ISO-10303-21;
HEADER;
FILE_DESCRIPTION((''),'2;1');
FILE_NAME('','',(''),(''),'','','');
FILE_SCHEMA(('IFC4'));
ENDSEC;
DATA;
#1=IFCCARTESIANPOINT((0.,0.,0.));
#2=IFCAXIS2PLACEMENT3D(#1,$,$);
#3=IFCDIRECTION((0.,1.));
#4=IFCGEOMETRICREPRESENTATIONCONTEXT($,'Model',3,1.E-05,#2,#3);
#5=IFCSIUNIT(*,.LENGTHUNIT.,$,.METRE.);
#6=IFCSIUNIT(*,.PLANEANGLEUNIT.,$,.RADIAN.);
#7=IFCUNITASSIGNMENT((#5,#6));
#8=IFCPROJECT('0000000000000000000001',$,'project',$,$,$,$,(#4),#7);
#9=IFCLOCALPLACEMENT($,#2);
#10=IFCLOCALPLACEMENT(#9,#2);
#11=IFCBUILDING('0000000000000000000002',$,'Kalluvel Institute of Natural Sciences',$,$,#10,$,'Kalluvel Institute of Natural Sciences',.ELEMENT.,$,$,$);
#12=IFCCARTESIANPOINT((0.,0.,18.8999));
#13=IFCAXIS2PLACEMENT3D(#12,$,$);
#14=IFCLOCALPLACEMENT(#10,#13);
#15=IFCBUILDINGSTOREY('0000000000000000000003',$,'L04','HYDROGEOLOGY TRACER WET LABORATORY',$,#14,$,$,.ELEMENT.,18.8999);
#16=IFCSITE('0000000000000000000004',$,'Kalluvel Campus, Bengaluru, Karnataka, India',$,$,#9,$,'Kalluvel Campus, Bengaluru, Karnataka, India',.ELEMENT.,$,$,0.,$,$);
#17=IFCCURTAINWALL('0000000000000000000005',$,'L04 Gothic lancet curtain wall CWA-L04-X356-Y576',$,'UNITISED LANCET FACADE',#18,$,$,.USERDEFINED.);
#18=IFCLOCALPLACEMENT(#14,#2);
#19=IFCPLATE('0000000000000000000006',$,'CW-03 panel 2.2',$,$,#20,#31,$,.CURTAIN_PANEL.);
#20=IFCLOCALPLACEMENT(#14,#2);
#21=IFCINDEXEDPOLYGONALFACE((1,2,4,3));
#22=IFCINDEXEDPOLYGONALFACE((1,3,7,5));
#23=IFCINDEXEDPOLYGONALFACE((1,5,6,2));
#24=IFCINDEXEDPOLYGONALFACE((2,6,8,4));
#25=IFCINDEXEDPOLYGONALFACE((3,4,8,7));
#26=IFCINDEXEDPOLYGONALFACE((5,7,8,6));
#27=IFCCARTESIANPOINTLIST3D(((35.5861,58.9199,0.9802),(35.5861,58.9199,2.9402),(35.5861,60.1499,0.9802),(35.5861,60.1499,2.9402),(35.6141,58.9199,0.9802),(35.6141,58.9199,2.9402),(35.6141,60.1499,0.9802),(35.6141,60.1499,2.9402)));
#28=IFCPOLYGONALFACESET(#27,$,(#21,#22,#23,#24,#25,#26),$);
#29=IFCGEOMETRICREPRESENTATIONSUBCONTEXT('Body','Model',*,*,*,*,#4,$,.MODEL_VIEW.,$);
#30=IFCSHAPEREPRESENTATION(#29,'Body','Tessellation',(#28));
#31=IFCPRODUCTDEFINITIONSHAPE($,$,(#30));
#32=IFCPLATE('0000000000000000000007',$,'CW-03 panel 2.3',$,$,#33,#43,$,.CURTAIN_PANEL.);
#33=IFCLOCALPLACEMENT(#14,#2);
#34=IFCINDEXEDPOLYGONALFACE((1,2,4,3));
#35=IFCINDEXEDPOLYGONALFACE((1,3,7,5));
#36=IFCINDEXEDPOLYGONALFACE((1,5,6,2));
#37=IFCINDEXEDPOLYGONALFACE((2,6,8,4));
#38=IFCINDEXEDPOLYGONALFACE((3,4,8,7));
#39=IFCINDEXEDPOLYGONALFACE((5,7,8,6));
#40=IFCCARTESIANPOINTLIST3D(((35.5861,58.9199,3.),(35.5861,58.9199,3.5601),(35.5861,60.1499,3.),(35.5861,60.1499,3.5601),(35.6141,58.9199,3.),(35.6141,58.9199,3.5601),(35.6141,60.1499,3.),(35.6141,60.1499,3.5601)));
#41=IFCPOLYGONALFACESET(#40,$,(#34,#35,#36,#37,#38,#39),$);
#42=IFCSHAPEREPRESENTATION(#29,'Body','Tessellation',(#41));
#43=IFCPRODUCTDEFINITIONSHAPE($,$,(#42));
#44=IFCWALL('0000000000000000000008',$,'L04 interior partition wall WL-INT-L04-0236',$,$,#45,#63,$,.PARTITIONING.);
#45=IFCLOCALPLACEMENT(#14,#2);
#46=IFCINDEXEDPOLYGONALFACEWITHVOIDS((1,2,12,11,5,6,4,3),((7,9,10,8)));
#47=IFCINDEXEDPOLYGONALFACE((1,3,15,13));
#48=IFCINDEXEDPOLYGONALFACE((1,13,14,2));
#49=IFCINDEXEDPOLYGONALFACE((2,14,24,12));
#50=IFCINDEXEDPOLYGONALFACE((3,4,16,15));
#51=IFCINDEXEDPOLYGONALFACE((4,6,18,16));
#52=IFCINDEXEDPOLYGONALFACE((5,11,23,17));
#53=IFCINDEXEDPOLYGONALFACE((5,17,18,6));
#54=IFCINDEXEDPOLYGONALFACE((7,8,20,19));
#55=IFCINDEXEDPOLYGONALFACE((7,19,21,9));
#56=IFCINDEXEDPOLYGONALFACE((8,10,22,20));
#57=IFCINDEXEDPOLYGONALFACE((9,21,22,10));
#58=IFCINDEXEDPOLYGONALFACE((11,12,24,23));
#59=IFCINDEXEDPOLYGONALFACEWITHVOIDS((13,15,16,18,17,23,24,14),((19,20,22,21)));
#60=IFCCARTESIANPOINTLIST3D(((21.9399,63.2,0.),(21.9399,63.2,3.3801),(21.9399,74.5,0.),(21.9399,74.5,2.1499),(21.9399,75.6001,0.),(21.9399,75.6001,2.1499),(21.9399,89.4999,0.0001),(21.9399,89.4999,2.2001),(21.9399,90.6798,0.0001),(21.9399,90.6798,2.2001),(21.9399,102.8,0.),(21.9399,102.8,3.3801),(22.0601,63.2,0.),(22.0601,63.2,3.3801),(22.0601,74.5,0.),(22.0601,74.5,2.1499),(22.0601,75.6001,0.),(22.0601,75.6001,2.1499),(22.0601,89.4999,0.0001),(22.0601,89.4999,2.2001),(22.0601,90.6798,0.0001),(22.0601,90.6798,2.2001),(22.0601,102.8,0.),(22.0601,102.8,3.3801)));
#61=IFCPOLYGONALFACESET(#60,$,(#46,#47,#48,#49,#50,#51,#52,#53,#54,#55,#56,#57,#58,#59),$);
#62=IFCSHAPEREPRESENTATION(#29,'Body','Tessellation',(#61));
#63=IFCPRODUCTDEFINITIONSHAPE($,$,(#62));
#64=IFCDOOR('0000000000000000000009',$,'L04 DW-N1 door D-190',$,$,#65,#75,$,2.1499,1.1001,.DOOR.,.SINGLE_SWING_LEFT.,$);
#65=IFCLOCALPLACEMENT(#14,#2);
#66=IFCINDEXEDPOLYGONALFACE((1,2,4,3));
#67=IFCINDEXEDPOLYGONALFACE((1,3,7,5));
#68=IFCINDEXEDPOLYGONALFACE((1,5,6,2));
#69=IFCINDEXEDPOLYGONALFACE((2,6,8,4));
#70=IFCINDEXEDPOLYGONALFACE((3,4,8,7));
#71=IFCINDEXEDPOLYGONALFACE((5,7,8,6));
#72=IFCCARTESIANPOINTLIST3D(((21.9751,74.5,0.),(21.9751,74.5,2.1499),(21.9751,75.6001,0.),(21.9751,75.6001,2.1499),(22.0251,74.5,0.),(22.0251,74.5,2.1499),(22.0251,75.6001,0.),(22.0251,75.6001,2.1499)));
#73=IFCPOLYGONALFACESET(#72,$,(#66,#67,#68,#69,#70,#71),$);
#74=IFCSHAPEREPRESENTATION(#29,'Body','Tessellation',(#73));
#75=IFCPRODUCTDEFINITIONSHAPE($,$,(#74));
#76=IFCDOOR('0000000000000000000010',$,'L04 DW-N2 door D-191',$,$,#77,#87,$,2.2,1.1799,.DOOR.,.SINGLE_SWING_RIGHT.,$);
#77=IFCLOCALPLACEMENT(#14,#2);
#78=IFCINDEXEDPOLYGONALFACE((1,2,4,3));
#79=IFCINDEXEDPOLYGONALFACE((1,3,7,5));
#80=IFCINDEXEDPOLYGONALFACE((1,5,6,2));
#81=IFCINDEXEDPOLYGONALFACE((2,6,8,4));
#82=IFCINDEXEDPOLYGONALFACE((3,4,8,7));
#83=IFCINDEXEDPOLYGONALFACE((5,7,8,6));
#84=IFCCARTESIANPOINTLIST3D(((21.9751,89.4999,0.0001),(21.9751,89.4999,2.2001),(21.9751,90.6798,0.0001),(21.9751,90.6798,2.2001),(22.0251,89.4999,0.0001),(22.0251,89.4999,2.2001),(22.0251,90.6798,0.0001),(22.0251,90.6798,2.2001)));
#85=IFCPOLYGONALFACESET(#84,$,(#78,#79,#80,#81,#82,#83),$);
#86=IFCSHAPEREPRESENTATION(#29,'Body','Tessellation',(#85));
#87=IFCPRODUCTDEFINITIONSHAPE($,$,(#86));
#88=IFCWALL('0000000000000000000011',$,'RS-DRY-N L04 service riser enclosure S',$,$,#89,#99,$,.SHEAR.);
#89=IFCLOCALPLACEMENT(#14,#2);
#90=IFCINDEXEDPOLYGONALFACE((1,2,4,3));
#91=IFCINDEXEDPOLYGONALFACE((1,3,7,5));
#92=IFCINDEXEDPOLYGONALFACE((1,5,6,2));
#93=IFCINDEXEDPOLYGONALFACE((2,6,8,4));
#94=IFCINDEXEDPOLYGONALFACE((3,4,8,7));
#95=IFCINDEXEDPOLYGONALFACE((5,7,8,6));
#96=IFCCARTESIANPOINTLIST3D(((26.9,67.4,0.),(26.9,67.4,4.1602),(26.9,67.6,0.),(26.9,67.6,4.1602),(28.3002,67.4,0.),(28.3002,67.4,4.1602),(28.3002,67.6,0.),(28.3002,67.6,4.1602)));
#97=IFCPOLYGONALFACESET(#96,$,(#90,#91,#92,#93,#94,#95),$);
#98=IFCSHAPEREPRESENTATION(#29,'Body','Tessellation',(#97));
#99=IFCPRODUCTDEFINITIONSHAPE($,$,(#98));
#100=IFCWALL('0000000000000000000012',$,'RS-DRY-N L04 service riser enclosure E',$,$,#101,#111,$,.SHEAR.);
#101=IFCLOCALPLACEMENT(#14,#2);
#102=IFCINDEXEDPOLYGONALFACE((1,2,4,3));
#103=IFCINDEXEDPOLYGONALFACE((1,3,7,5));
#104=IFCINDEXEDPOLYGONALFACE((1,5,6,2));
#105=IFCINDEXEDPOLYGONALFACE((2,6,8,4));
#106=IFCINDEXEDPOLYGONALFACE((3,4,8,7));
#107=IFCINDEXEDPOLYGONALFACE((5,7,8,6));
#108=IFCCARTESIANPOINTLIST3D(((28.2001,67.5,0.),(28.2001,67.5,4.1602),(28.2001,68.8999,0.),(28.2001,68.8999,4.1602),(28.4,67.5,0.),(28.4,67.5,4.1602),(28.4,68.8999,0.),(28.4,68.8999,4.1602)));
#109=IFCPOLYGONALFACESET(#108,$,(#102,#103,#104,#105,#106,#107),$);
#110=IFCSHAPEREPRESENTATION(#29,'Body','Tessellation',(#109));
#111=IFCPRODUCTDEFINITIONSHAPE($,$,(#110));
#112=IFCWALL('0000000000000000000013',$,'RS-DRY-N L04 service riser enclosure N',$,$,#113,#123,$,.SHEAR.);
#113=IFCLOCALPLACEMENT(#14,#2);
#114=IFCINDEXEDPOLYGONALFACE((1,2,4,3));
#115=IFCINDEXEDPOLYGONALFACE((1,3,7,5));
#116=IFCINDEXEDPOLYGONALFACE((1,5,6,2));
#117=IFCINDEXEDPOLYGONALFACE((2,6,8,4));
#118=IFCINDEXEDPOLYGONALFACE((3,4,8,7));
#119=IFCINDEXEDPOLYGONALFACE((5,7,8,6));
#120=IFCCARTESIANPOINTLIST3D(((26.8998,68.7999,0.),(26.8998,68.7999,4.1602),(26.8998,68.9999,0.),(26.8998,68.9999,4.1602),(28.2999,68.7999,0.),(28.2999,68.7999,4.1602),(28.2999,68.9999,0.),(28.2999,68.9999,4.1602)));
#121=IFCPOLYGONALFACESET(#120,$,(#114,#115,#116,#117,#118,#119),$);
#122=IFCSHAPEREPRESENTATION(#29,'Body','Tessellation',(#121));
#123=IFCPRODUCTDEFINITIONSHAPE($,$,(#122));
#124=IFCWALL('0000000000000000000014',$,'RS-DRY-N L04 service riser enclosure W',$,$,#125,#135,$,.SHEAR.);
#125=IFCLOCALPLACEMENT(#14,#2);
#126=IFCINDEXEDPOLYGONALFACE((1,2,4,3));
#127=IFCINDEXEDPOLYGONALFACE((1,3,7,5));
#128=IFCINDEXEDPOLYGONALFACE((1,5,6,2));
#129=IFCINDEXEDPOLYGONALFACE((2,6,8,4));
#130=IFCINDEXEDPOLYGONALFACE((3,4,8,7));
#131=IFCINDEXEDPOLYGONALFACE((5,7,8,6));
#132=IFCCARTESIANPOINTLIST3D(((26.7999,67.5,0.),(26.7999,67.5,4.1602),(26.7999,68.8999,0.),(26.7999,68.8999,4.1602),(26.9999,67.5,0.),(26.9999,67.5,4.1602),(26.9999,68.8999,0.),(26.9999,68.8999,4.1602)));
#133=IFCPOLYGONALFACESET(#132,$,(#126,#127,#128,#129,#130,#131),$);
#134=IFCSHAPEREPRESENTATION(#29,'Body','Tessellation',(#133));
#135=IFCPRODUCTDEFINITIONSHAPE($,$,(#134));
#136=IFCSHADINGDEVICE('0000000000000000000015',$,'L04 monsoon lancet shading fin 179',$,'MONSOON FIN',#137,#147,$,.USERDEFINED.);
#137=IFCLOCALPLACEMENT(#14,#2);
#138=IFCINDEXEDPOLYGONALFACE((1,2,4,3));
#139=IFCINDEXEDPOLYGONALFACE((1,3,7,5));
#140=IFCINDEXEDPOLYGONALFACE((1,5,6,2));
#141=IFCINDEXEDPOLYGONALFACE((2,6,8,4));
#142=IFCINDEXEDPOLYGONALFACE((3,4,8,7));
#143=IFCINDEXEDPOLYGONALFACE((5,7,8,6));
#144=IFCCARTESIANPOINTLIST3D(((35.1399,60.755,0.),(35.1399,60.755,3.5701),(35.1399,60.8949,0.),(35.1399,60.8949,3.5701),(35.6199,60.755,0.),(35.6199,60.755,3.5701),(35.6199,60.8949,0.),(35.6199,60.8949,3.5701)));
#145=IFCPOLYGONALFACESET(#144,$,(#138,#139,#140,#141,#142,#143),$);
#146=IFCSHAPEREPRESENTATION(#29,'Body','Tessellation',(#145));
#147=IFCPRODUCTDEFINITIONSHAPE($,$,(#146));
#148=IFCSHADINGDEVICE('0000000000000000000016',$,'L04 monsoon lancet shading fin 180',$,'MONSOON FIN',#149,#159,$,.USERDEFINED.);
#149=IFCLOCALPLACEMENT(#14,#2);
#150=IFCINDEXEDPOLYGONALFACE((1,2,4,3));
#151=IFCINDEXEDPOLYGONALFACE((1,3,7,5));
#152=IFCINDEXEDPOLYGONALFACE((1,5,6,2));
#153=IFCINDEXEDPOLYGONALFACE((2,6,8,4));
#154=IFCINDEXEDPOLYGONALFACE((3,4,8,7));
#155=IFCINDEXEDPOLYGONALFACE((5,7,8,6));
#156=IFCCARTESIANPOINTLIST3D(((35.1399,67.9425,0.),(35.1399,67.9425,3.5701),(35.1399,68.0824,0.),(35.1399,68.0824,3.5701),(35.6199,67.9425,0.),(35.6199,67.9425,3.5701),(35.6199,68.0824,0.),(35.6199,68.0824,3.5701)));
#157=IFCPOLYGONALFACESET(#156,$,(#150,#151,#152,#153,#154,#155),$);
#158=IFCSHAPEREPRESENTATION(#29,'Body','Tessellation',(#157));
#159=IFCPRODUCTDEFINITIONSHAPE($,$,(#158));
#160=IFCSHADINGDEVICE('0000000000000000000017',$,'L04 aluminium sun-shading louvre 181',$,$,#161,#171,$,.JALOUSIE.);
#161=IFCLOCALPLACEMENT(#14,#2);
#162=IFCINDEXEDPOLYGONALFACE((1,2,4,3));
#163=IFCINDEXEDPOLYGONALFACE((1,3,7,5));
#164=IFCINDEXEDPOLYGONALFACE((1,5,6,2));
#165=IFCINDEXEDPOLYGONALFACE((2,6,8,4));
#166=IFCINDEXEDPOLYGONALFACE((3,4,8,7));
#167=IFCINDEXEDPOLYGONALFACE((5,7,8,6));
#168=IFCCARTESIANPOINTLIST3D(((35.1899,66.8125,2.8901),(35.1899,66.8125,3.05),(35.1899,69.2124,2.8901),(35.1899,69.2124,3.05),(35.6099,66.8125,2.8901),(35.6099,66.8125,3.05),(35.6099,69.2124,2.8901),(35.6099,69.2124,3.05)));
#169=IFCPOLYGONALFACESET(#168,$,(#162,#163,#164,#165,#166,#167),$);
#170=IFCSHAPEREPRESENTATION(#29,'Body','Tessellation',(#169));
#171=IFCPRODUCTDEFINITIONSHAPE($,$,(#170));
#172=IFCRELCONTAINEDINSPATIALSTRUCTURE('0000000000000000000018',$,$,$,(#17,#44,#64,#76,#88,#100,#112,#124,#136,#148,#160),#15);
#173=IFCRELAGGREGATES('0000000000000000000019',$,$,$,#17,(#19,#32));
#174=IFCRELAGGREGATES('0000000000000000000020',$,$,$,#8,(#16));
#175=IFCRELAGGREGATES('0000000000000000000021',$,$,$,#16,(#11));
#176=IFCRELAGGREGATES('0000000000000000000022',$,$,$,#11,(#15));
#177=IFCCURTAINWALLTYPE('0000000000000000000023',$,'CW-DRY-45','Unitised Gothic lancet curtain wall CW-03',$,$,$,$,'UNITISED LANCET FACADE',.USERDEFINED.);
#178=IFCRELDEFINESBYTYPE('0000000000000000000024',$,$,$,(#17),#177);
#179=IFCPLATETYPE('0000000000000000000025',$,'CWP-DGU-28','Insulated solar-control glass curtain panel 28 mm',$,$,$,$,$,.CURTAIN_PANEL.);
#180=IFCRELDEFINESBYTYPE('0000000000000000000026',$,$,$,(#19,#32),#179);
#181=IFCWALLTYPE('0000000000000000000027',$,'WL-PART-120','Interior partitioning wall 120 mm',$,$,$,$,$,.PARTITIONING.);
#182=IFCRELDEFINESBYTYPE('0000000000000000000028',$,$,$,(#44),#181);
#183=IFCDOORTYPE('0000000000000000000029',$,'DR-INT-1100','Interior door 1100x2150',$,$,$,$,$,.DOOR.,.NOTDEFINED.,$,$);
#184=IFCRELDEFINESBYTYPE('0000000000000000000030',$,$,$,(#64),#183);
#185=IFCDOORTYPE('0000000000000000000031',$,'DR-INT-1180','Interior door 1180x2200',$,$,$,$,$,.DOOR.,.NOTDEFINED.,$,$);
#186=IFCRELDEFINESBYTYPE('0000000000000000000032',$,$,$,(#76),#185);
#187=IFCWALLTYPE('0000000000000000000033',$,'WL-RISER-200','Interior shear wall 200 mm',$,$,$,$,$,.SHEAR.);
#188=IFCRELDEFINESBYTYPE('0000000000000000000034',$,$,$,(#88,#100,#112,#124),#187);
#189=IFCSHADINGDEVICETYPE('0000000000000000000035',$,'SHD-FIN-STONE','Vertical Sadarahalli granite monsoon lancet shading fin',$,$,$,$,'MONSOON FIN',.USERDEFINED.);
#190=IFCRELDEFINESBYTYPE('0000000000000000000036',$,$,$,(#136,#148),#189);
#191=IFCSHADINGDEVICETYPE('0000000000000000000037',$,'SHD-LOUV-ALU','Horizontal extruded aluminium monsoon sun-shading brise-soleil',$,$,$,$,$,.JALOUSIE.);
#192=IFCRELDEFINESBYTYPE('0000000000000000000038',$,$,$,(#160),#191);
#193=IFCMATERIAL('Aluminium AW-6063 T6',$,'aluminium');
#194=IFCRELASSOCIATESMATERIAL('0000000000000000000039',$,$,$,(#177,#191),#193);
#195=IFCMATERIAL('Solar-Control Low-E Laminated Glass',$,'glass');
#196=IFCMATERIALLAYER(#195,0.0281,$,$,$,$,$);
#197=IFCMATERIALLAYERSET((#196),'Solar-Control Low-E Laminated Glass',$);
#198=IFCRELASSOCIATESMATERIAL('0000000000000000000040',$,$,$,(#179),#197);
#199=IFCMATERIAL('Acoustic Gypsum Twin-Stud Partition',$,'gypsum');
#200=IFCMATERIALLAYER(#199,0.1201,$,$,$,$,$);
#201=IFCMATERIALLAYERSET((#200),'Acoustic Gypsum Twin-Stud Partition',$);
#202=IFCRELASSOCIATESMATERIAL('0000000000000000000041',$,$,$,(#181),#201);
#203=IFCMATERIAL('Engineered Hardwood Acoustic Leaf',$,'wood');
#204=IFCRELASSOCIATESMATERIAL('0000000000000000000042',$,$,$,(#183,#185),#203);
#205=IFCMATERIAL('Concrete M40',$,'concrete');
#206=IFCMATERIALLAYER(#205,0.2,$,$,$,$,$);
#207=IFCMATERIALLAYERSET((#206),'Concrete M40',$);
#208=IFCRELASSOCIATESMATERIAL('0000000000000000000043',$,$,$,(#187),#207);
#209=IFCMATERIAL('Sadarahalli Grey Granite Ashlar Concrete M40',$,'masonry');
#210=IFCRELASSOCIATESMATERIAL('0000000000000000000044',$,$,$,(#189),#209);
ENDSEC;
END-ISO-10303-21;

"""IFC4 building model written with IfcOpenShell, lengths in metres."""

from ifc_helpers import new_model, si_unit, direction, frame, frame_2d, origin, origin_2d, place, context, subcontext, project, spatial, rectangle, extrude, material, layer, layer_set, type_object, element, fill, aggregate, save


model = new_model("IFC4")

# Units and contexts
model_context = context("Model", 3, precision=1e-05, world=origin(), true_north=direction((0.0, 1.0)))
body_context = subcontext(model_context, "Body", "Model", "MODEL_VIEW")
ifc_project = project(units=[si_unit("LENGTHUNIT", "METRE"), si_unit("PLANEANGLEUNIT", "RADIAN")], contexts=[model_context])

# Site, building, storey
site_placement = place(None, origin())
site = spatial("IfcSite", under=ifc_project, at=site_placement, Name="Kalluvel Campus, Bengaluru, Karnataka, India", LongName="Kalluvel Campus, Bengaluru, Karnataka, India", CompositionType="ELEMENT", RefElevation=0.0)
building_placement = place(site_placement, origin())
building = spatial("IfcBuilding", under=site, at=building_placement, Name="Kalluvel Institute of Natural Sciences", LongName="Kalluvel Institute of Natural Sciences", CompositionType="ELEMENT")
storey_placement = place(building_placement, frame((0.0, 0.0, 18.8999)))
storey = spatial("IfcBuildingStorey", under=building, at=storey_placement, Name="L04", Description="HYDROGEOLOGY TRACER WET LABORATORY", CompositionType="ELEMENT", Elevation=18.8999)

# Shared definitions
ifc_material_1 = material(Name="Concrete M40", Category="concrete")

# Curtain wall, plates
ifc_material_2 = material(Name="Aluminium AW-6063 T6", Category="aluminium")
curtain_wall_type = type_object("IfcCurtainWallType", Name="CW-DRY-45", Description="Unitised Gothic lancet curtain wall CW-03", ElementType="UNITISED LANCET FACADE", PredefinedType="USERDEFINED", material=ifc_material_2)
curtain_wall_placement = place(storey_placement, origin())
curtain_wall = element("IfcCurtainWall", 1, at=curtain_wall_placement, inside=storey, type_object=curtain_wall_type, Name="L04 Gothic lancet curtain wall CWA-L04-X356-Y576", ObjectType="UNITISED LANCET FACADE", PredefinedType="USERDEFINED")
ifc_material_3 = material(Name="Solar-Control Low-E Laminated Glass", Category="glass")
ifc_layer_1 = layer(ifc_material_3, 0.0281)
ifc_layer_set_1 = layer_set([ifc_layer_1], Name="Solar-Control Low-E Laminated Glass")
plate_type = type_object("IfcPlateType", Name="CWP-DGU-28", Description="Insulated solar-control glass curtain panel 28 mm", PredefinedType="CURTAIN_PANEL", material=ifc_layer_set_1)
plate_1_placement = place(storey_placement, frame((35.6001, 59.5349, 0.9802), z_axis=(0.0, 0.0, 1.0), x_axis=(0.0, 1.0, 0.0)))
plate_1 = element("IfcPlate", 2, at=plate_1_placement, type_object=plate_type, Name="CW-03 panel 2.2", PredefinedType="CURTAIN_PANEL", context=body_context, shape_type="SweptSolid", body=[
    extrude(rectangle(XDim=1.23, YDim=0.0281, at=origin_2d()), origin(), (0.0, 0.0, 1.0), 1.96),
])
plate_2_placement = place(storey_placement, frame((35.6001, 59.5349, 3.0), z_axis=(0.0, 0.0, 1.0), x_axis=(0.0, 1.0, 0.0)))
plate_2 = element("IfcPlate", 3, at=plate_2_placement, type_object=plate_type, Name="CW-03 panel 2.3", PredefinedType="CURTAIN_PANEL", context=body_context, shape_type="SweptSolid", body=[
    extrude(rectangle(XDim=1.23, YDim=0.0281, at=origin_2d()), origin(), (0.0, 0.0, 1.0), 0.5601),
])
aggregate(curtain_wall, [plate_1, plate_2])

# Wall, openings, doors
ifc_material_4 = material(Name="Acoustic Gypsum Twin-Stud Partition", Category="gypsum")
ifc_layer_2 = layer(ifc_material_4, 0.1201)
ifc_layer_set_2 = layer_set([ifc_layer_2], Name="Acoustic Gypsum Twin-Stud Partition")
wall_type_1 = type_object("IfcWallType", Name="WL-PART-120", Description="Interior partitioning wall 120 mm", PredefinedType="PARTITIONING", material=ifc_layer_set_2)
wall_1_placement = place(storey_placement, frame((22.0, 63.2, 0.0), z_axis=(0.0, 0.0, 1.0), x_axis=(0.0, 1.0, 0.0)))
wall_1 = element("IfcWall", 4, at=wall_1_placement, inside=storey, type_object=wall_type_1, Name="L04 interior partition wall WL-INT-L04-0236", PredefinedType="PARTITIONING", context=body_context, shape_type="SweptSolid", body=[
    extrude(rectangle(XDim=39.6001, YDim=0.1201, at=frame_2d((19.8, 0.0))), origin(), (0.0, 0.0, 1.0), 3.3801),
])
opening_1_placement = place(wall_1_placement, frame((11.3, 0.0, 0.0)))
opening_1 = element("IfcOpeningElement", 5, at=opening_1_placement, cuts=wall_1, PredefinedType="OPENING", context=body_context, shape_type="SweptSolid", body=[
    extrude(rectangle(XDim=1.1001, YDim=2.1499, at=frame_2d((0.55, 1.075))), frame((0.0, 0.0701, 0.0), z_axis=(0.0, -1.0, 0.0), x_axis=(1.0, 0.0, 0.0)), (0.0, 0.0, 1.0), 0.1401),
])
opening_2_placement = place(wall_1_placement, frame((26.3, 0.0, 0.0)))
opening_2 = element("IfcOpeningElement", 6, at=opening_2_placement, cuts=wall_1, PredefinedType="OPENING", context=body_context, shape_type="SweptSolid", body=[
    extrude(rectangle(XDim=1.1799, YDim=2.2, at=frame_2d((0.5898, 1.1001))), frame((0.0, 0.0701, 0.0), z_axis=(0.0, -1.0, 0.0), x_axis=(1.0, 0.0, 0.0)), (0.0, 0.0, 1.0), 0.1401),
])
ifc_material_5 = material(Name="Engineered Hardwood Acoustic Leaf", Category="wood")
door_type_1 = type_object("IfcDoorType", Name="DR-INT-1100", Description="Interior door 1100x2150", OperationType="NOTDEFINED", PredefinedType="DOOR", material=ifc_material_5)
door_1_placement = place(opening_1_placement, origin())
door_1 = element("IfcDoor", 7, at=door_1_placement, inside=storey, type_object=door_type_1, Name="L04 DW-N1 door D-190", OperationType="SINGLE_SWING_LEFT", OverallHeight=2.1499, OverallWidth=1.1001, PredefinedType="DOOR", context=body_context, shape_type="SweptSolid", body=[
    extrude(rectangle(XDim=1.1001, YDim=2.1499, at=frame_2d((0.55, 1.075))), frame((0.0, 0.0249, 0.0), z_axis=(0.0, -1.0, 0.0), x_axis=(1.0, 0.0, 0.0)), (0.0, 0.0, 1.0), 0.05),
])
fill(opening_1, door_1)
door_type_2 = type_object("IfcDoorType", Name="DR-INT-1180", Description="Interior door 1180x2200", OperationType="NOTDEFINED", PredefinedType="DOOR", material=ifc_material_5)
door_2_placement = place(opening_2_placement, origin())
door_2 = element("IfcDoor", 8, at=door_2_placement, inside=storey, type_object=door_type_2, Name="L04 DW-N2 door D-191", OperationType="SINGLE_SWING_RIGHT", OverallHeight=2.2, OverallWidth=1.1799, PredefinedType="DOOR", context=body_context, shape_type="SweptSolid", body=[
    extrude(rectangle(XDim=1.1799, YDim=2.2, at=frame_2d((0.5898, 1.1001))), frame((0.0, 0.0249, 0.0), z_axis=(0.0, -1.0, 0.0), x_axis=(1.0, 0.0, 0.0)), (0.0, 0.0, 1.0), 0.05),
])
fill(opening_2, door_2)

# Walls
ifc_layer_3 = layer(ifc_material_1, 0.2)
ifc_layer_set_3 = layer_set([ifc_layer_3], Name="Concrete M40")
wall_type_2 = type_object("IfcWallType", Name="WL-RISER-200", Description="Interior shear wall 200 mm", PredefinedType="SHEAR", material=ifc_layer_set_3)
wall_2_placement = place(storey_placement, frame((26.8999, 67.5, 0.0), z_axis=(0.0, 0.0, 1.0), x_axis=(1.0, 0.0, 0.0)))
element("IfcWall", 9, at=wall_2_placement, inside=storey, type_object=wall_type_2, Name="RS-DRY-N L04 service riser enclosure S", PredefinedType="SHEAR", context=body_context, shape_type="SweptSolid", body=[
    extrude(rectangle(XDim=1.4001, YDim=0.2, at=frame_2d((0.7002, 0.0))), origin(), (0.0, 0.0, 1.0), 4.1602),
])
wall_3_placement = place(storey_placement, frame((28.3, 67.5, 0.0), z_axis=(0.0, 0.0, 1.0), x_axis=(0.0, 1.0, 0.0)))
element("IfcWall", 10, at=wall_3_placement, inside=storey, type_object=wall_type_2, Name="RS-DRY-N L04 service riser enclosure E", PredefinedType="SHEAR", context=body_context, shape_type="SweptSolid", body=[
    extrude(rectangle(XDim=1.3999, YDim=0.2, at=frame_2d((0.7, 0.0))), origin(), (0.0, 0.0, 1.0), 4.1602),
])
wall_4_placement = place(storey_placement, frame((28.3, 68.8999, 0.0), z_axis=(0.0, 0.0, 1.0), x_axis=(-1.0, 0.0, 0.0)))
element("IfcWall", 11, at=wall_4_placement, inside=storey, type_object=wall_type_2, Name="RS-DRY-N L04 service riser enclosure N", PredefinedType="SHEAR", context=body_context, shape_type="SweptSolid", body=[
    extrude(rectangle(XDim=1.4001, YDim=0.2, at=frame_2d((0.7002, 0.0))), origin(), (0.0, 0.0, 1.0), 4.1602),
])
wall_5_placement = place(storey_placement, frame((26.8999, 68.8999, 0.0), z_axis=(0.0, 0.0, 1.0), x_axis=(0.0, -1.0, 0.0)))
element("IfcWall", 12, at=wall_5_placement, inside=storey, type_object=wall_type_2, Name="RS-DRY-N L04 service riser enclosure W", PredefinedType="SHEAR", context=body_context, shape_type="SweptSolid", body=[
    extrude(rectangle(XDim=1.3999, YDim=0.2, at=frame_2d((0.7, 0.0))), origin(), (0.0, 0.0, 1.0), 4.1602),
])

# Shading devices
ifc_material_6 = material(Name="Sadarahalli Grey Granite Ashlar Concrete M40", Category="masonry")
shading_device_type_1 = type_object("IfcShadingDeviceType", Name="SHD-FIN-STONE", Description="Vertical Sadarahalli granite monsoon lancet shading fin", ElementType="MONSOON FIN", PredefinedType="USERDEFINED", material=ifc_material_6)
for number, where, z_axis, x_axis, name in (
    (13, (35.3799, 60.825, 0.0), (0.0, 0.0, 1.0), (0.0, 1.0, 0.0), "L04 monsoon lancet shading fin 179"),
    (14, (35.3799, 68.0125, 0.0), (0.0, 0.0, 1.0), (0.0, 1.0, 0.0), "L04 monsoon lancet shading fin 180"),
):
    element("IfcShadingDevice", number, at=place(storey_placement, frame(where, z_axis=z_axis, x_axis=x_axis)), inside=storey, type_object=shading_device_type_1, Name=name, ObjectType="MONSOON FIN", PredefinedType="USERDEFINED", context=body_context, shape_type="SweptSolid", body=[
        extrude(rectangle(XDim=0.1399, YDim=0.48, at=origin_2d()), origin(), (0.0, 0.0, 1.0), 3.5701),
    ])
shading_device_type_2 = type_object("IfcShadingDeviceType", Name="SHD-LOUV-ALU", Description="Horizontal extruded aluminium monsoon sun-shading brise-soleil", PredefinedType="JALOUSIE", material=ifc_material_2)
shading_device_placement = place(storey_placement, frame((35.3999, 68.0125, 2.8901), z_axis=(0.0, 0.0, 1.0), x_axis=(0.0, 1.0, 0.0)))
element("IfcShadingDevice", 15, at=shading_device_placement, inside=storey, type_object=shading_device_type_2, Name="L04 aluminium sun-shading louvre 181", PredefinedType="JALOUSIE", context=body_context, shape_type="SweptSolid", body=[
    extrude(rectangle(XDim=2.3999, YDim=0.4199, at=origin_2d()), origin(), (0.0, 0.0, 1.0), 0.1599),
])

save(model, "model.ifc")
